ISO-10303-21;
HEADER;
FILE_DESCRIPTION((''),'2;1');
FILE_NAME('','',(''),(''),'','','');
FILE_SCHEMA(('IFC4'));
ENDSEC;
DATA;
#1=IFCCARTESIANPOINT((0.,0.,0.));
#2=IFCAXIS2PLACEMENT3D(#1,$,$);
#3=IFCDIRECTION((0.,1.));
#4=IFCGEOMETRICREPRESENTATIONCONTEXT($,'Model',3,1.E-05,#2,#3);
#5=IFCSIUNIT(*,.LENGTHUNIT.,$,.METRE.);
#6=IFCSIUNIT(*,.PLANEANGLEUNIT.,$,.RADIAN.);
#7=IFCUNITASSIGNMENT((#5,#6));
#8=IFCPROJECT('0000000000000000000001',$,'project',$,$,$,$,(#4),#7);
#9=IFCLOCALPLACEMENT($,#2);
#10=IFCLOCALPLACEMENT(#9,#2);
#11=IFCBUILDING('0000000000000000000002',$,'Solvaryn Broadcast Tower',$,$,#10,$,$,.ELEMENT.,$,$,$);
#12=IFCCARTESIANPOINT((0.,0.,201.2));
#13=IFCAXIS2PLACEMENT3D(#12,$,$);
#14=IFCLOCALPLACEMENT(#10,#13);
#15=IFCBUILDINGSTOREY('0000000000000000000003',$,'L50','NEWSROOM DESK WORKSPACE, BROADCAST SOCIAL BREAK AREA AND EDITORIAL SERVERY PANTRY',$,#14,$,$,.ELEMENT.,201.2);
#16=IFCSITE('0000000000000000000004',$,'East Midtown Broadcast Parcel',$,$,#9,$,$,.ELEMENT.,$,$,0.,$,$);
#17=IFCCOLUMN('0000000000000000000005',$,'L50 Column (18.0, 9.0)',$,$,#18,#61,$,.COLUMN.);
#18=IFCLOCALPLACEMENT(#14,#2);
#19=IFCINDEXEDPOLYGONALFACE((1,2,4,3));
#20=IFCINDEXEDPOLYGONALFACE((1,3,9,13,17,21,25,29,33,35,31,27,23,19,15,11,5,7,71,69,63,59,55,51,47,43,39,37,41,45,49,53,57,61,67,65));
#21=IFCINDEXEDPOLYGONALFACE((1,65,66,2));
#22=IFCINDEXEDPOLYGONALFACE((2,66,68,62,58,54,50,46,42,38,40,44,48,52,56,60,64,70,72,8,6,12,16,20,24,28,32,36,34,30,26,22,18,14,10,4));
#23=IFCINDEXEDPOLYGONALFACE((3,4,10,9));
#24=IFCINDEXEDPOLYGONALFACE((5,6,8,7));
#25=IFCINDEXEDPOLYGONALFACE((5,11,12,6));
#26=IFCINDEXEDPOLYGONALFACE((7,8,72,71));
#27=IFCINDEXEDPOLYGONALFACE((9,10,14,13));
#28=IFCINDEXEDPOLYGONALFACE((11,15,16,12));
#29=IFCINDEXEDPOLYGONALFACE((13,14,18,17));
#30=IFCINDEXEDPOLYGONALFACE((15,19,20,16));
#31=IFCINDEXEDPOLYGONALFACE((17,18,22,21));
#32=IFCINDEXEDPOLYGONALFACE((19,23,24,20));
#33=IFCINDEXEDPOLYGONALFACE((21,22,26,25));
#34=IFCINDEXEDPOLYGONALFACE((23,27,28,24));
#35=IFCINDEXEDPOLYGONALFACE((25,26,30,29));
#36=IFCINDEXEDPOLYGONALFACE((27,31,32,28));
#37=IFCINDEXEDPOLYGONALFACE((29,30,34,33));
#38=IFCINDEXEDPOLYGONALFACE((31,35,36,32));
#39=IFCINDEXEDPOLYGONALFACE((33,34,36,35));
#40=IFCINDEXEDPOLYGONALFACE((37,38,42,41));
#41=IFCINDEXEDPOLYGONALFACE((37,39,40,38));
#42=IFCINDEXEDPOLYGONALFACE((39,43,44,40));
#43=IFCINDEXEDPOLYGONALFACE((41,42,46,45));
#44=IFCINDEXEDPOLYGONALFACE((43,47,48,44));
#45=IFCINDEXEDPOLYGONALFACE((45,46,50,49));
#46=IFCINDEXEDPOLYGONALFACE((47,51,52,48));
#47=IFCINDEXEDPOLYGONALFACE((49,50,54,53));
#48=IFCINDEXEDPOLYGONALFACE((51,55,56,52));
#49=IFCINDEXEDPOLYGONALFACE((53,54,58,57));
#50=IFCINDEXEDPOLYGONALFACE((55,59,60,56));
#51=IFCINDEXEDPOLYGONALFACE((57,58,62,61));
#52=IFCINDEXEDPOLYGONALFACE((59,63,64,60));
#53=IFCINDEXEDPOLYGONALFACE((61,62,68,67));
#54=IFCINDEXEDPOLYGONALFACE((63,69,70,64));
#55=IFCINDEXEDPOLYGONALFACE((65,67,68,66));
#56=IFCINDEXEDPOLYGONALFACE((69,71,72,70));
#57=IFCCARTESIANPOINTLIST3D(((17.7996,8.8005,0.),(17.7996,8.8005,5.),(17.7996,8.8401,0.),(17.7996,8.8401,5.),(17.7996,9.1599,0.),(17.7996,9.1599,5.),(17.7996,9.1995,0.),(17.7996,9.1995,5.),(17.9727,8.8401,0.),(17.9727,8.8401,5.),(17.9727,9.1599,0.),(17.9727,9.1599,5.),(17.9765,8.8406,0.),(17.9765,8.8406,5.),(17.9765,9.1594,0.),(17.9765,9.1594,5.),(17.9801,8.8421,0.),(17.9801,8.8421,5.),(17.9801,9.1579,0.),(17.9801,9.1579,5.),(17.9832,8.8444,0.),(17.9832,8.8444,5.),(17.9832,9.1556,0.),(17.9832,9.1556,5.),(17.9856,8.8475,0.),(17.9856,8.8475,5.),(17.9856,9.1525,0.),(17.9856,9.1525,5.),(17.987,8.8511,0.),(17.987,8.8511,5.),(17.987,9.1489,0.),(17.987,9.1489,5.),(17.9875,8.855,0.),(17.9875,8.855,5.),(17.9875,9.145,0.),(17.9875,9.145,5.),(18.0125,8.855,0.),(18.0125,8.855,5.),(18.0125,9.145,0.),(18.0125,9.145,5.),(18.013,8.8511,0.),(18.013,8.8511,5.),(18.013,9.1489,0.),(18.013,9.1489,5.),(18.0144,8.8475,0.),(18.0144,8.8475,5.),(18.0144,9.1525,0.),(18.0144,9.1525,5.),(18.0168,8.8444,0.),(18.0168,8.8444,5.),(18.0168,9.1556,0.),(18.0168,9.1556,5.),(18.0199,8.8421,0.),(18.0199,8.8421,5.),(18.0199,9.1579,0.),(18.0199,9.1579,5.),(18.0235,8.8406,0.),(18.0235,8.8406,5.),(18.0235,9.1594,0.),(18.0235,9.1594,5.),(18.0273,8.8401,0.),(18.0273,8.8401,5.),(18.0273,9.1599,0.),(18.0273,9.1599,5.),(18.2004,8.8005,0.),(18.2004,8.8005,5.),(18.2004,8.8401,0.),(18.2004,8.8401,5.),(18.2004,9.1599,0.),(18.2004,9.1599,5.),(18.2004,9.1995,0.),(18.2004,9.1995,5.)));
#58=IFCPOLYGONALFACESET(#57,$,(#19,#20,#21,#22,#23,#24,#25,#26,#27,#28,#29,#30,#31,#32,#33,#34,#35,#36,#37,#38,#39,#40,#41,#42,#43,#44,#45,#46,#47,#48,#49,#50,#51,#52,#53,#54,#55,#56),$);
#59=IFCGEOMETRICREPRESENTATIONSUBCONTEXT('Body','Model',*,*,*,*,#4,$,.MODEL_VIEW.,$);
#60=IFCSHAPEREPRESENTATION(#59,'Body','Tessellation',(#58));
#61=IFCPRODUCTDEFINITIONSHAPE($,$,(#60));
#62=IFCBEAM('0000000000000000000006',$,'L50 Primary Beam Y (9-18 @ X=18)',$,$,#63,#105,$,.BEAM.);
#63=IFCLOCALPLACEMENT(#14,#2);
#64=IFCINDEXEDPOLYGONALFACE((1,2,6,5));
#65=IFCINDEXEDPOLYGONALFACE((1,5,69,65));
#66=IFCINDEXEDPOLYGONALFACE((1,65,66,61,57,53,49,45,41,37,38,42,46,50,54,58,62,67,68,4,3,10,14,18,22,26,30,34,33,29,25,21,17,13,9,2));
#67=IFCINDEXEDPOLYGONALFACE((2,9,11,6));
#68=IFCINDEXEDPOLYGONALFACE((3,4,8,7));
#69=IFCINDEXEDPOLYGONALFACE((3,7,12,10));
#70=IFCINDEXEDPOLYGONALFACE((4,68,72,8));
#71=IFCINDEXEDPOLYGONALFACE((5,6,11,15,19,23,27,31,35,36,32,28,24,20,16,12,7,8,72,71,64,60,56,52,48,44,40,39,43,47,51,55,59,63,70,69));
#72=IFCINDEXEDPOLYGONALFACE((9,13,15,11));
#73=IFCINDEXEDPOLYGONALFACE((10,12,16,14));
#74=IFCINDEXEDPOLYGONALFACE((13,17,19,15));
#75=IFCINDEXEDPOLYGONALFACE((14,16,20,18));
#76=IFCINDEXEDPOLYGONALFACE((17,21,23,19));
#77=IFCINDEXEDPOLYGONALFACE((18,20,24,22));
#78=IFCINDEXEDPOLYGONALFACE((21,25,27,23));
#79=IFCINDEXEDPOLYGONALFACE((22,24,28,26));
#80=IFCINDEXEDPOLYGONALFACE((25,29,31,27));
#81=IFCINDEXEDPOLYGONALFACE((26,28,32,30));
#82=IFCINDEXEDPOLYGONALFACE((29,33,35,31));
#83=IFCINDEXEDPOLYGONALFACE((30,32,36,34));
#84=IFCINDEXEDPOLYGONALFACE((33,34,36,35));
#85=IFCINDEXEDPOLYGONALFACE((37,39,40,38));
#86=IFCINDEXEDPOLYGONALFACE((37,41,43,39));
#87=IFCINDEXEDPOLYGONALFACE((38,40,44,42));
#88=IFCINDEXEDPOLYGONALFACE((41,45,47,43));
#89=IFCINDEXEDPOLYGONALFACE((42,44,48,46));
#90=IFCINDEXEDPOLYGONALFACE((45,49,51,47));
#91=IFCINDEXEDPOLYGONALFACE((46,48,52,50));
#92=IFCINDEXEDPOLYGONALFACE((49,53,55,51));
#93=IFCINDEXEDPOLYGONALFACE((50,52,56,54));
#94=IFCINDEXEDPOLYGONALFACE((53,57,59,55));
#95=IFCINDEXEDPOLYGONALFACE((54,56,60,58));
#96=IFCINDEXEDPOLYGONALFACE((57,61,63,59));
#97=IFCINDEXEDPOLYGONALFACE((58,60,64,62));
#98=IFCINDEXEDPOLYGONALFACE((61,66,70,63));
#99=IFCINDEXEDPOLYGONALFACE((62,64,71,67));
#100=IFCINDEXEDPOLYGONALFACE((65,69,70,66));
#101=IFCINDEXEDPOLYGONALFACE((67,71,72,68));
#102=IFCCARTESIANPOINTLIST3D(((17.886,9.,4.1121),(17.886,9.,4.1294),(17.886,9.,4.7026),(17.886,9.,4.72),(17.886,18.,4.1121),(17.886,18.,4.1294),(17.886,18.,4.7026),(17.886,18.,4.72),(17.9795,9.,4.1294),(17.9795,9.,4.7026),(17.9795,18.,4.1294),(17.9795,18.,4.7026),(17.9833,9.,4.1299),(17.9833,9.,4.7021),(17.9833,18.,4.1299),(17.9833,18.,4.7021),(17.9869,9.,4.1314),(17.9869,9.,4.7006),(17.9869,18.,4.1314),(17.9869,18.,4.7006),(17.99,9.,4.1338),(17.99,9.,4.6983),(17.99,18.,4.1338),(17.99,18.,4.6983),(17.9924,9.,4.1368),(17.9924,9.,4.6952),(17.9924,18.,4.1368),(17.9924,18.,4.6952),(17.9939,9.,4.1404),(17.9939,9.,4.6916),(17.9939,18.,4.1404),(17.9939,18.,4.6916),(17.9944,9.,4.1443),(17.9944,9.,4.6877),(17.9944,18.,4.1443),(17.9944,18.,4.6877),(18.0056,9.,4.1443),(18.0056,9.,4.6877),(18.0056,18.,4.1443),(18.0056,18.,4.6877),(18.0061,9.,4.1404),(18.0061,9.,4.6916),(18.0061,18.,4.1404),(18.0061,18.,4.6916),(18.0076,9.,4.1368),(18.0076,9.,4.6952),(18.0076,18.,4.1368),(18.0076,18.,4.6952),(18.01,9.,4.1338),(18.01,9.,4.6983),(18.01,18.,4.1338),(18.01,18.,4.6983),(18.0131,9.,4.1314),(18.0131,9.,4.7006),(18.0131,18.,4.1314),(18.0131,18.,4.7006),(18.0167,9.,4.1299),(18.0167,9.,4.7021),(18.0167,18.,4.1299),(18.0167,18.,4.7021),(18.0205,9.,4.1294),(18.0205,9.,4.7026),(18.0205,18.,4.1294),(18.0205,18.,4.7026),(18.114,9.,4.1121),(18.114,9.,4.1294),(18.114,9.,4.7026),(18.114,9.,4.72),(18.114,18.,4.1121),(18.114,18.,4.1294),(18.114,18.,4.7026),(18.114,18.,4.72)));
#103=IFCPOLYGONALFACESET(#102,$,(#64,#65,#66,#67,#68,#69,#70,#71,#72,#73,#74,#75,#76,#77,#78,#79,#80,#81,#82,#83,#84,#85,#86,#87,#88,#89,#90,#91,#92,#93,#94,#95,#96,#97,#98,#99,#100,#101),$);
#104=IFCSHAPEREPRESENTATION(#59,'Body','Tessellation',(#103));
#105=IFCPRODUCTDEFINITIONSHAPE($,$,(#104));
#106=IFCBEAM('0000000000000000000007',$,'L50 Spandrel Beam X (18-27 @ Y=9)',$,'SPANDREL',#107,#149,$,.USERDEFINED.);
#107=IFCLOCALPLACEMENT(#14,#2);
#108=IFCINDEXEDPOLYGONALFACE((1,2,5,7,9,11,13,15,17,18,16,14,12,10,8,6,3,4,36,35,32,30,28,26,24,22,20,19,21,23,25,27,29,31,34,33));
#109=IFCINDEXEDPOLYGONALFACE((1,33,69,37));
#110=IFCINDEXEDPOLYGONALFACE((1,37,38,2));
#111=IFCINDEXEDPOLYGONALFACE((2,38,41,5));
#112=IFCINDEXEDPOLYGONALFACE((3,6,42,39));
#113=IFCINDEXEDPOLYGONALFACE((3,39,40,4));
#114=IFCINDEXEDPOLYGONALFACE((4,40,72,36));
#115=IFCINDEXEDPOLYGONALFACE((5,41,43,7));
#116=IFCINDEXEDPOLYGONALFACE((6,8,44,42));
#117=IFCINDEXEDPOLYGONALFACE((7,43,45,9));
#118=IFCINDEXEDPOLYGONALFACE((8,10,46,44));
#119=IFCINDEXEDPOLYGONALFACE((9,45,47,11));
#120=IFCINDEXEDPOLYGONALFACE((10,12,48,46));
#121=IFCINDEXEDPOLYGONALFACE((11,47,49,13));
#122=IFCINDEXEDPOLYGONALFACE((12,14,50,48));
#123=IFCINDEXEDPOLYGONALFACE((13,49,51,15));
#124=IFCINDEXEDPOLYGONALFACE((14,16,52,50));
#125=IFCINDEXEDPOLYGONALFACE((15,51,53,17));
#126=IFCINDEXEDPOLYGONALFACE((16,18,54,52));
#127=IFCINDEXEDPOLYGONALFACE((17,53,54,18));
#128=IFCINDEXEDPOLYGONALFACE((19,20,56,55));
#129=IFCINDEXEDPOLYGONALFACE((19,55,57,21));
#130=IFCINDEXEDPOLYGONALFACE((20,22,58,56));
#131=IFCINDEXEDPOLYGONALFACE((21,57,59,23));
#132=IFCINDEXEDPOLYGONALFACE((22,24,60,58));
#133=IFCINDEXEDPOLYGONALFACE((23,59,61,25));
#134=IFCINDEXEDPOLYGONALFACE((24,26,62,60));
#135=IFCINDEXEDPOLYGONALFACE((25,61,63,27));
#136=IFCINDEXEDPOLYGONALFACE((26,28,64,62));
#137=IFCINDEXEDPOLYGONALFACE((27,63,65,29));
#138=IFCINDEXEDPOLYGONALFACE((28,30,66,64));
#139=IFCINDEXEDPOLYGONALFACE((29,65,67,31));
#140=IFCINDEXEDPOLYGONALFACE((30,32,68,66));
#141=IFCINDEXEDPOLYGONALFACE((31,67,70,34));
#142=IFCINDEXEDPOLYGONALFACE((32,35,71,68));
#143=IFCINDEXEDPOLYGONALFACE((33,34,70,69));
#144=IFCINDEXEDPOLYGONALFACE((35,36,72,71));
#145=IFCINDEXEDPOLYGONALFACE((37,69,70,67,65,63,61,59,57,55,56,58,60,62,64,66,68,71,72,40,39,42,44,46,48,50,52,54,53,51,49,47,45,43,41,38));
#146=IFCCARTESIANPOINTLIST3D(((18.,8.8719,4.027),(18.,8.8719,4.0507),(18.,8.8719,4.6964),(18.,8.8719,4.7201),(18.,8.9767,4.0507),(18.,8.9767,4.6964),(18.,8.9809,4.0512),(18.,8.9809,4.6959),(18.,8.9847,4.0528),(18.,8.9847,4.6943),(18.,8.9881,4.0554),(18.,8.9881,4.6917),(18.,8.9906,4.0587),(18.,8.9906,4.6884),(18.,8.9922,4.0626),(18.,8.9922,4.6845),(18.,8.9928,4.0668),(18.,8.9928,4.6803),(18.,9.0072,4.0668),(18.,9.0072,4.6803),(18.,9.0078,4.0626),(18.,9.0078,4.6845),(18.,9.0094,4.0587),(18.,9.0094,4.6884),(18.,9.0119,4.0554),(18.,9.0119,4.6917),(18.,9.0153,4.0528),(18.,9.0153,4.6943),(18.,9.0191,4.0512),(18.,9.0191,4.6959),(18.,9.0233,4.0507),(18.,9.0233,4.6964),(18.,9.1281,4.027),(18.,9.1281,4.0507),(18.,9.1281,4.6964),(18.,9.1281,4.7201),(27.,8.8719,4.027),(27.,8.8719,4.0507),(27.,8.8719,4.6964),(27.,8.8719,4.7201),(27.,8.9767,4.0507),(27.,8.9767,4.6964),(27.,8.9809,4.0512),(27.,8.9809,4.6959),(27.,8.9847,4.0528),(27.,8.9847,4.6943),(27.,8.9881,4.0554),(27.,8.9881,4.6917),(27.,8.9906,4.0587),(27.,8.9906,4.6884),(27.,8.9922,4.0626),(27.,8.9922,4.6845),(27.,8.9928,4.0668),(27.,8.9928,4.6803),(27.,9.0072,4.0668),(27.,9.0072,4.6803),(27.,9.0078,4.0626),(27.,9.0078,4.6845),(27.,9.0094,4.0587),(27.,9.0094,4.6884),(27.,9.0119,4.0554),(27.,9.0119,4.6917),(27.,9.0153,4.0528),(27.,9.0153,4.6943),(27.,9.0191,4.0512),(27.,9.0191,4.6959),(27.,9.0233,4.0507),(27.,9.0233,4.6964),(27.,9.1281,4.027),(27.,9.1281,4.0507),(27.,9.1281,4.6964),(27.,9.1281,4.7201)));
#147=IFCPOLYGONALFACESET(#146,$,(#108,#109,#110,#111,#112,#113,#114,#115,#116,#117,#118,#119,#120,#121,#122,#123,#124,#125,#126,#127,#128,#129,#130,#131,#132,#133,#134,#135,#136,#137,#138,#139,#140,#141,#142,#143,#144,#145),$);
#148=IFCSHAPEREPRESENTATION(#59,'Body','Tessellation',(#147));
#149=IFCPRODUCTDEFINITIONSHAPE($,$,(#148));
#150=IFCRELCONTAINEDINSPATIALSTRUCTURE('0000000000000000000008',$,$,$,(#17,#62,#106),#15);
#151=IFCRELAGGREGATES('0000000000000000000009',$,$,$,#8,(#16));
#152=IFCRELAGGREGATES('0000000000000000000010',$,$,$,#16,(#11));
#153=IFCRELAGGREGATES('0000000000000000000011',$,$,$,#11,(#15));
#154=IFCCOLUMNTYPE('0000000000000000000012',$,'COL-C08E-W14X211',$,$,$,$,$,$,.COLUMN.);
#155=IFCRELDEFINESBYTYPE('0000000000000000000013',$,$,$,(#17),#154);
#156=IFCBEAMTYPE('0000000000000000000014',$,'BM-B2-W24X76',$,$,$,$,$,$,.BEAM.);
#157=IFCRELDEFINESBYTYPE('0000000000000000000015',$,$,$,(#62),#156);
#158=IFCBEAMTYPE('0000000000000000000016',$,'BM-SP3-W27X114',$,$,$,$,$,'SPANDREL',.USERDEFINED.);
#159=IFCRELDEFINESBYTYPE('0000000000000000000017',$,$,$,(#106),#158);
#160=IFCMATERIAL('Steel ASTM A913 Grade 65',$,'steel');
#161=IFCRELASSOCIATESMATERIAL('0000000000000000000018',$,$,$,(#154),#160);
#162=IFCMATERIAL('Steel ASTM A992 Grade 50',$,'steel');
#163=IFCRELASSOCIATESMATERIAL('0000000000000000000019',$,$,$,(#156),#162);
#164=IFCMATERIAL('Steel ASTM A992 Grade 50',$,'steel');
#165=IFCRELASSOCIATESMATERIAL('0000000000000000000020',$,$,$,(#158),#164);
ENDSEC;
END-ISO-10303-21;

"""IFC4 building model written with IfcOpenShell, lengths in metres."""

from ifc_helpers import new_model, si_unit, direction, frame, origin, origin_2d, place, context, subcontext, project, spatial, i_section, extrude, material, material_profile, profile_set, type_object, element, save


model = new_model("IFC4")

# Units and contexts
model_context = context("Model", 3, precision=1e-05, world=origin(), true_north=direction((0.0, 1.0)))
body_context = subcontext(model_context, "Body", "Model", "MODEL_VIEW")
ifc_project = project(units=[si_unit("LENGTHUNIT", "METRE"), si_unit("PLANEANGLEUNIT", "RADIAN")], contexts=[model_context])

# Site, building, storey
site_placement = place(None, origin())
site = spatial("IfcSite", under=ifc_project, at=site_placement, Name="East Midtown Broadcast Parcel", CompositionType="ELEMENT", RefElevation=0.0)
building_placement = place(site_placement, origin())
building = spatial("IfcBuilding", under=site, at=building_placement, Name="Solvaryn Broadcast Tower", CompositionType="ELEMENT")
storey_placement = place(building_placement, frame((0.0, 0.0, 201.2)))
storey = spatial("IfcBuildingStorey", under=building, at=storey_placement, Name="L50", Description="NEWSROOM DESK WORKSPACE, BROADCAST SOCIAL BREAK AREA AND EDITORIAL SERVERY PANTRY", CompositionType="ELEMENT", Elevation=201.2)

# Column
ifc_material_1 = material(Name="Steel ASTM A913 Grade 65", Category="steel")
ifc_material_profile_1 = material_profile(ifc_material_1, i_section(OverallWidth=0.4009, OverallDepth=0.3989, WebThickness=0.0249, FlangeThickness=0.0396, FilletRadius=0.0149, at=origin_2d()))
ifc_profile_set_1 = profile_set([ifc_material_profile_1], Name="Steel ASTM A913 Grade 65")
column_type = type_object("IfcColumnType", Name="COL-C08E-W14X211", PredefinedType="COLUMN", material=ifc_profile_set_1)
column_placement = place(storey_placement, frame((18.0, 9.0, 0.0), z_axis=(0.0, 0.0, 1.0), x_axis=(1.0, 0.0, 0.0)))
element("IfcColumn", 1, at=column_placement, inside=storey, type_object=column_type, Name="L50 Column (18.0, 9.0)", PredefinedType="COLUMN", context=body_context, shape_type="SweptSolid", body=[
    extrude(i_section(OverallWidth=0.4009, OverallDepth=0.3989, WebThickness=0.0249, FlangeThickness=0.0396, FilletRadius=0.0149, at=origin_2d()), origin(), (0.0, 0.0, 1.0), 5.0),
])

# Beams
ifc_material_2 = material(Name="Steel ASTM A992 Grade 50", Category="steel")
ifc_material_profile_2 = material_profile(ifc_material_2, i_section(OverallWidth=0.228, OverallDepth=0.6079, WebThickness=0.0112, FlangeThickness=0.0173, FilletRadius=0.0149, at=origin_2d()))
ifc_profile_set_2 = profile_set([ifc_material_profile_2], Name="Steel ASTM A992 Grade 50")
beam_type_1 = type_object("IfcBeamType", Name="BM-B2-W24X76", PredefinedType="BEAM", material=ifc_profile_set_2)
beam_1_placement = place(storey_placement, frame((18.0, 9.0, 4.416), z_axis=(0.0, 1.0, 0.0), x_axis=(-1.0, 0.0, 0.0)))
element("IfcBeam", 2, at=beam_1_placement, inside=storey, type_object=beam_type_1, Name="L50 Primary Beam Y (9-18 @ X=18)", PredefinedType="BEAM", context=body_context, shape_type="SweptSolid", body=[
    extrude(i_section(OverallWidth=0.228, OverallDepth=0.6079, WebThickness=0.0112, FlangeThickness=0.0173, FilletRadius=0.0149, at=origin_2d()), origin(), (0.0, 0.0, 1.0), 9.0),
])
ifc_material_3 = material(Name="Steel ASTM A992 Grade 50", Category="steel")
ifc_material_profile_3 = material_profile(ifc_material_3, i_section(OverallWidth=0.2561, OverallDepth=0.6931, WebThickness=0.0144, FlangeThickness=0.0237, FilletRadius=0.0161, at=origin_2d()))
ifc_profile_set_3 = profile_set([ifc_material_profile_3], Name="Steel ASTM A992 Grade 50")
beam_type_2 = type_object("IfcBeamType", Name="BM-SP3-W27X114", ElementType="SPANDREL", PredefinedType="USERDEFINED", material=ifc_profile_set_3)
beam_2_placement = place(storey_placement, frame((18.0, 9.0, 4.3735), z_axis=(1.0, 0.0, 0.0), x_axis=(0.0, 1.0, 0.0)))
element("IfcBeam", 3, at=beam_2_placement, inside=storey, type_object=beam_type_2, Name="L50 Spandrel Beam X (18-27 @ Y=9)", ObjectType="SPANDREL", PredefinedType="USERDEFINED", context=body_context, shape_type="SweptSolid", body=[
    extrude(i_section(OverallWidth=0.2561, OverallDepth=0.6931, WebThickness=0.0144, FlangeThickness=0.0237, FilletRadius=0.0161, at=origin_2d()), origin(), (0.0, 0.0, 1.0), 9.0),
])

save(model, "model.ifc")
